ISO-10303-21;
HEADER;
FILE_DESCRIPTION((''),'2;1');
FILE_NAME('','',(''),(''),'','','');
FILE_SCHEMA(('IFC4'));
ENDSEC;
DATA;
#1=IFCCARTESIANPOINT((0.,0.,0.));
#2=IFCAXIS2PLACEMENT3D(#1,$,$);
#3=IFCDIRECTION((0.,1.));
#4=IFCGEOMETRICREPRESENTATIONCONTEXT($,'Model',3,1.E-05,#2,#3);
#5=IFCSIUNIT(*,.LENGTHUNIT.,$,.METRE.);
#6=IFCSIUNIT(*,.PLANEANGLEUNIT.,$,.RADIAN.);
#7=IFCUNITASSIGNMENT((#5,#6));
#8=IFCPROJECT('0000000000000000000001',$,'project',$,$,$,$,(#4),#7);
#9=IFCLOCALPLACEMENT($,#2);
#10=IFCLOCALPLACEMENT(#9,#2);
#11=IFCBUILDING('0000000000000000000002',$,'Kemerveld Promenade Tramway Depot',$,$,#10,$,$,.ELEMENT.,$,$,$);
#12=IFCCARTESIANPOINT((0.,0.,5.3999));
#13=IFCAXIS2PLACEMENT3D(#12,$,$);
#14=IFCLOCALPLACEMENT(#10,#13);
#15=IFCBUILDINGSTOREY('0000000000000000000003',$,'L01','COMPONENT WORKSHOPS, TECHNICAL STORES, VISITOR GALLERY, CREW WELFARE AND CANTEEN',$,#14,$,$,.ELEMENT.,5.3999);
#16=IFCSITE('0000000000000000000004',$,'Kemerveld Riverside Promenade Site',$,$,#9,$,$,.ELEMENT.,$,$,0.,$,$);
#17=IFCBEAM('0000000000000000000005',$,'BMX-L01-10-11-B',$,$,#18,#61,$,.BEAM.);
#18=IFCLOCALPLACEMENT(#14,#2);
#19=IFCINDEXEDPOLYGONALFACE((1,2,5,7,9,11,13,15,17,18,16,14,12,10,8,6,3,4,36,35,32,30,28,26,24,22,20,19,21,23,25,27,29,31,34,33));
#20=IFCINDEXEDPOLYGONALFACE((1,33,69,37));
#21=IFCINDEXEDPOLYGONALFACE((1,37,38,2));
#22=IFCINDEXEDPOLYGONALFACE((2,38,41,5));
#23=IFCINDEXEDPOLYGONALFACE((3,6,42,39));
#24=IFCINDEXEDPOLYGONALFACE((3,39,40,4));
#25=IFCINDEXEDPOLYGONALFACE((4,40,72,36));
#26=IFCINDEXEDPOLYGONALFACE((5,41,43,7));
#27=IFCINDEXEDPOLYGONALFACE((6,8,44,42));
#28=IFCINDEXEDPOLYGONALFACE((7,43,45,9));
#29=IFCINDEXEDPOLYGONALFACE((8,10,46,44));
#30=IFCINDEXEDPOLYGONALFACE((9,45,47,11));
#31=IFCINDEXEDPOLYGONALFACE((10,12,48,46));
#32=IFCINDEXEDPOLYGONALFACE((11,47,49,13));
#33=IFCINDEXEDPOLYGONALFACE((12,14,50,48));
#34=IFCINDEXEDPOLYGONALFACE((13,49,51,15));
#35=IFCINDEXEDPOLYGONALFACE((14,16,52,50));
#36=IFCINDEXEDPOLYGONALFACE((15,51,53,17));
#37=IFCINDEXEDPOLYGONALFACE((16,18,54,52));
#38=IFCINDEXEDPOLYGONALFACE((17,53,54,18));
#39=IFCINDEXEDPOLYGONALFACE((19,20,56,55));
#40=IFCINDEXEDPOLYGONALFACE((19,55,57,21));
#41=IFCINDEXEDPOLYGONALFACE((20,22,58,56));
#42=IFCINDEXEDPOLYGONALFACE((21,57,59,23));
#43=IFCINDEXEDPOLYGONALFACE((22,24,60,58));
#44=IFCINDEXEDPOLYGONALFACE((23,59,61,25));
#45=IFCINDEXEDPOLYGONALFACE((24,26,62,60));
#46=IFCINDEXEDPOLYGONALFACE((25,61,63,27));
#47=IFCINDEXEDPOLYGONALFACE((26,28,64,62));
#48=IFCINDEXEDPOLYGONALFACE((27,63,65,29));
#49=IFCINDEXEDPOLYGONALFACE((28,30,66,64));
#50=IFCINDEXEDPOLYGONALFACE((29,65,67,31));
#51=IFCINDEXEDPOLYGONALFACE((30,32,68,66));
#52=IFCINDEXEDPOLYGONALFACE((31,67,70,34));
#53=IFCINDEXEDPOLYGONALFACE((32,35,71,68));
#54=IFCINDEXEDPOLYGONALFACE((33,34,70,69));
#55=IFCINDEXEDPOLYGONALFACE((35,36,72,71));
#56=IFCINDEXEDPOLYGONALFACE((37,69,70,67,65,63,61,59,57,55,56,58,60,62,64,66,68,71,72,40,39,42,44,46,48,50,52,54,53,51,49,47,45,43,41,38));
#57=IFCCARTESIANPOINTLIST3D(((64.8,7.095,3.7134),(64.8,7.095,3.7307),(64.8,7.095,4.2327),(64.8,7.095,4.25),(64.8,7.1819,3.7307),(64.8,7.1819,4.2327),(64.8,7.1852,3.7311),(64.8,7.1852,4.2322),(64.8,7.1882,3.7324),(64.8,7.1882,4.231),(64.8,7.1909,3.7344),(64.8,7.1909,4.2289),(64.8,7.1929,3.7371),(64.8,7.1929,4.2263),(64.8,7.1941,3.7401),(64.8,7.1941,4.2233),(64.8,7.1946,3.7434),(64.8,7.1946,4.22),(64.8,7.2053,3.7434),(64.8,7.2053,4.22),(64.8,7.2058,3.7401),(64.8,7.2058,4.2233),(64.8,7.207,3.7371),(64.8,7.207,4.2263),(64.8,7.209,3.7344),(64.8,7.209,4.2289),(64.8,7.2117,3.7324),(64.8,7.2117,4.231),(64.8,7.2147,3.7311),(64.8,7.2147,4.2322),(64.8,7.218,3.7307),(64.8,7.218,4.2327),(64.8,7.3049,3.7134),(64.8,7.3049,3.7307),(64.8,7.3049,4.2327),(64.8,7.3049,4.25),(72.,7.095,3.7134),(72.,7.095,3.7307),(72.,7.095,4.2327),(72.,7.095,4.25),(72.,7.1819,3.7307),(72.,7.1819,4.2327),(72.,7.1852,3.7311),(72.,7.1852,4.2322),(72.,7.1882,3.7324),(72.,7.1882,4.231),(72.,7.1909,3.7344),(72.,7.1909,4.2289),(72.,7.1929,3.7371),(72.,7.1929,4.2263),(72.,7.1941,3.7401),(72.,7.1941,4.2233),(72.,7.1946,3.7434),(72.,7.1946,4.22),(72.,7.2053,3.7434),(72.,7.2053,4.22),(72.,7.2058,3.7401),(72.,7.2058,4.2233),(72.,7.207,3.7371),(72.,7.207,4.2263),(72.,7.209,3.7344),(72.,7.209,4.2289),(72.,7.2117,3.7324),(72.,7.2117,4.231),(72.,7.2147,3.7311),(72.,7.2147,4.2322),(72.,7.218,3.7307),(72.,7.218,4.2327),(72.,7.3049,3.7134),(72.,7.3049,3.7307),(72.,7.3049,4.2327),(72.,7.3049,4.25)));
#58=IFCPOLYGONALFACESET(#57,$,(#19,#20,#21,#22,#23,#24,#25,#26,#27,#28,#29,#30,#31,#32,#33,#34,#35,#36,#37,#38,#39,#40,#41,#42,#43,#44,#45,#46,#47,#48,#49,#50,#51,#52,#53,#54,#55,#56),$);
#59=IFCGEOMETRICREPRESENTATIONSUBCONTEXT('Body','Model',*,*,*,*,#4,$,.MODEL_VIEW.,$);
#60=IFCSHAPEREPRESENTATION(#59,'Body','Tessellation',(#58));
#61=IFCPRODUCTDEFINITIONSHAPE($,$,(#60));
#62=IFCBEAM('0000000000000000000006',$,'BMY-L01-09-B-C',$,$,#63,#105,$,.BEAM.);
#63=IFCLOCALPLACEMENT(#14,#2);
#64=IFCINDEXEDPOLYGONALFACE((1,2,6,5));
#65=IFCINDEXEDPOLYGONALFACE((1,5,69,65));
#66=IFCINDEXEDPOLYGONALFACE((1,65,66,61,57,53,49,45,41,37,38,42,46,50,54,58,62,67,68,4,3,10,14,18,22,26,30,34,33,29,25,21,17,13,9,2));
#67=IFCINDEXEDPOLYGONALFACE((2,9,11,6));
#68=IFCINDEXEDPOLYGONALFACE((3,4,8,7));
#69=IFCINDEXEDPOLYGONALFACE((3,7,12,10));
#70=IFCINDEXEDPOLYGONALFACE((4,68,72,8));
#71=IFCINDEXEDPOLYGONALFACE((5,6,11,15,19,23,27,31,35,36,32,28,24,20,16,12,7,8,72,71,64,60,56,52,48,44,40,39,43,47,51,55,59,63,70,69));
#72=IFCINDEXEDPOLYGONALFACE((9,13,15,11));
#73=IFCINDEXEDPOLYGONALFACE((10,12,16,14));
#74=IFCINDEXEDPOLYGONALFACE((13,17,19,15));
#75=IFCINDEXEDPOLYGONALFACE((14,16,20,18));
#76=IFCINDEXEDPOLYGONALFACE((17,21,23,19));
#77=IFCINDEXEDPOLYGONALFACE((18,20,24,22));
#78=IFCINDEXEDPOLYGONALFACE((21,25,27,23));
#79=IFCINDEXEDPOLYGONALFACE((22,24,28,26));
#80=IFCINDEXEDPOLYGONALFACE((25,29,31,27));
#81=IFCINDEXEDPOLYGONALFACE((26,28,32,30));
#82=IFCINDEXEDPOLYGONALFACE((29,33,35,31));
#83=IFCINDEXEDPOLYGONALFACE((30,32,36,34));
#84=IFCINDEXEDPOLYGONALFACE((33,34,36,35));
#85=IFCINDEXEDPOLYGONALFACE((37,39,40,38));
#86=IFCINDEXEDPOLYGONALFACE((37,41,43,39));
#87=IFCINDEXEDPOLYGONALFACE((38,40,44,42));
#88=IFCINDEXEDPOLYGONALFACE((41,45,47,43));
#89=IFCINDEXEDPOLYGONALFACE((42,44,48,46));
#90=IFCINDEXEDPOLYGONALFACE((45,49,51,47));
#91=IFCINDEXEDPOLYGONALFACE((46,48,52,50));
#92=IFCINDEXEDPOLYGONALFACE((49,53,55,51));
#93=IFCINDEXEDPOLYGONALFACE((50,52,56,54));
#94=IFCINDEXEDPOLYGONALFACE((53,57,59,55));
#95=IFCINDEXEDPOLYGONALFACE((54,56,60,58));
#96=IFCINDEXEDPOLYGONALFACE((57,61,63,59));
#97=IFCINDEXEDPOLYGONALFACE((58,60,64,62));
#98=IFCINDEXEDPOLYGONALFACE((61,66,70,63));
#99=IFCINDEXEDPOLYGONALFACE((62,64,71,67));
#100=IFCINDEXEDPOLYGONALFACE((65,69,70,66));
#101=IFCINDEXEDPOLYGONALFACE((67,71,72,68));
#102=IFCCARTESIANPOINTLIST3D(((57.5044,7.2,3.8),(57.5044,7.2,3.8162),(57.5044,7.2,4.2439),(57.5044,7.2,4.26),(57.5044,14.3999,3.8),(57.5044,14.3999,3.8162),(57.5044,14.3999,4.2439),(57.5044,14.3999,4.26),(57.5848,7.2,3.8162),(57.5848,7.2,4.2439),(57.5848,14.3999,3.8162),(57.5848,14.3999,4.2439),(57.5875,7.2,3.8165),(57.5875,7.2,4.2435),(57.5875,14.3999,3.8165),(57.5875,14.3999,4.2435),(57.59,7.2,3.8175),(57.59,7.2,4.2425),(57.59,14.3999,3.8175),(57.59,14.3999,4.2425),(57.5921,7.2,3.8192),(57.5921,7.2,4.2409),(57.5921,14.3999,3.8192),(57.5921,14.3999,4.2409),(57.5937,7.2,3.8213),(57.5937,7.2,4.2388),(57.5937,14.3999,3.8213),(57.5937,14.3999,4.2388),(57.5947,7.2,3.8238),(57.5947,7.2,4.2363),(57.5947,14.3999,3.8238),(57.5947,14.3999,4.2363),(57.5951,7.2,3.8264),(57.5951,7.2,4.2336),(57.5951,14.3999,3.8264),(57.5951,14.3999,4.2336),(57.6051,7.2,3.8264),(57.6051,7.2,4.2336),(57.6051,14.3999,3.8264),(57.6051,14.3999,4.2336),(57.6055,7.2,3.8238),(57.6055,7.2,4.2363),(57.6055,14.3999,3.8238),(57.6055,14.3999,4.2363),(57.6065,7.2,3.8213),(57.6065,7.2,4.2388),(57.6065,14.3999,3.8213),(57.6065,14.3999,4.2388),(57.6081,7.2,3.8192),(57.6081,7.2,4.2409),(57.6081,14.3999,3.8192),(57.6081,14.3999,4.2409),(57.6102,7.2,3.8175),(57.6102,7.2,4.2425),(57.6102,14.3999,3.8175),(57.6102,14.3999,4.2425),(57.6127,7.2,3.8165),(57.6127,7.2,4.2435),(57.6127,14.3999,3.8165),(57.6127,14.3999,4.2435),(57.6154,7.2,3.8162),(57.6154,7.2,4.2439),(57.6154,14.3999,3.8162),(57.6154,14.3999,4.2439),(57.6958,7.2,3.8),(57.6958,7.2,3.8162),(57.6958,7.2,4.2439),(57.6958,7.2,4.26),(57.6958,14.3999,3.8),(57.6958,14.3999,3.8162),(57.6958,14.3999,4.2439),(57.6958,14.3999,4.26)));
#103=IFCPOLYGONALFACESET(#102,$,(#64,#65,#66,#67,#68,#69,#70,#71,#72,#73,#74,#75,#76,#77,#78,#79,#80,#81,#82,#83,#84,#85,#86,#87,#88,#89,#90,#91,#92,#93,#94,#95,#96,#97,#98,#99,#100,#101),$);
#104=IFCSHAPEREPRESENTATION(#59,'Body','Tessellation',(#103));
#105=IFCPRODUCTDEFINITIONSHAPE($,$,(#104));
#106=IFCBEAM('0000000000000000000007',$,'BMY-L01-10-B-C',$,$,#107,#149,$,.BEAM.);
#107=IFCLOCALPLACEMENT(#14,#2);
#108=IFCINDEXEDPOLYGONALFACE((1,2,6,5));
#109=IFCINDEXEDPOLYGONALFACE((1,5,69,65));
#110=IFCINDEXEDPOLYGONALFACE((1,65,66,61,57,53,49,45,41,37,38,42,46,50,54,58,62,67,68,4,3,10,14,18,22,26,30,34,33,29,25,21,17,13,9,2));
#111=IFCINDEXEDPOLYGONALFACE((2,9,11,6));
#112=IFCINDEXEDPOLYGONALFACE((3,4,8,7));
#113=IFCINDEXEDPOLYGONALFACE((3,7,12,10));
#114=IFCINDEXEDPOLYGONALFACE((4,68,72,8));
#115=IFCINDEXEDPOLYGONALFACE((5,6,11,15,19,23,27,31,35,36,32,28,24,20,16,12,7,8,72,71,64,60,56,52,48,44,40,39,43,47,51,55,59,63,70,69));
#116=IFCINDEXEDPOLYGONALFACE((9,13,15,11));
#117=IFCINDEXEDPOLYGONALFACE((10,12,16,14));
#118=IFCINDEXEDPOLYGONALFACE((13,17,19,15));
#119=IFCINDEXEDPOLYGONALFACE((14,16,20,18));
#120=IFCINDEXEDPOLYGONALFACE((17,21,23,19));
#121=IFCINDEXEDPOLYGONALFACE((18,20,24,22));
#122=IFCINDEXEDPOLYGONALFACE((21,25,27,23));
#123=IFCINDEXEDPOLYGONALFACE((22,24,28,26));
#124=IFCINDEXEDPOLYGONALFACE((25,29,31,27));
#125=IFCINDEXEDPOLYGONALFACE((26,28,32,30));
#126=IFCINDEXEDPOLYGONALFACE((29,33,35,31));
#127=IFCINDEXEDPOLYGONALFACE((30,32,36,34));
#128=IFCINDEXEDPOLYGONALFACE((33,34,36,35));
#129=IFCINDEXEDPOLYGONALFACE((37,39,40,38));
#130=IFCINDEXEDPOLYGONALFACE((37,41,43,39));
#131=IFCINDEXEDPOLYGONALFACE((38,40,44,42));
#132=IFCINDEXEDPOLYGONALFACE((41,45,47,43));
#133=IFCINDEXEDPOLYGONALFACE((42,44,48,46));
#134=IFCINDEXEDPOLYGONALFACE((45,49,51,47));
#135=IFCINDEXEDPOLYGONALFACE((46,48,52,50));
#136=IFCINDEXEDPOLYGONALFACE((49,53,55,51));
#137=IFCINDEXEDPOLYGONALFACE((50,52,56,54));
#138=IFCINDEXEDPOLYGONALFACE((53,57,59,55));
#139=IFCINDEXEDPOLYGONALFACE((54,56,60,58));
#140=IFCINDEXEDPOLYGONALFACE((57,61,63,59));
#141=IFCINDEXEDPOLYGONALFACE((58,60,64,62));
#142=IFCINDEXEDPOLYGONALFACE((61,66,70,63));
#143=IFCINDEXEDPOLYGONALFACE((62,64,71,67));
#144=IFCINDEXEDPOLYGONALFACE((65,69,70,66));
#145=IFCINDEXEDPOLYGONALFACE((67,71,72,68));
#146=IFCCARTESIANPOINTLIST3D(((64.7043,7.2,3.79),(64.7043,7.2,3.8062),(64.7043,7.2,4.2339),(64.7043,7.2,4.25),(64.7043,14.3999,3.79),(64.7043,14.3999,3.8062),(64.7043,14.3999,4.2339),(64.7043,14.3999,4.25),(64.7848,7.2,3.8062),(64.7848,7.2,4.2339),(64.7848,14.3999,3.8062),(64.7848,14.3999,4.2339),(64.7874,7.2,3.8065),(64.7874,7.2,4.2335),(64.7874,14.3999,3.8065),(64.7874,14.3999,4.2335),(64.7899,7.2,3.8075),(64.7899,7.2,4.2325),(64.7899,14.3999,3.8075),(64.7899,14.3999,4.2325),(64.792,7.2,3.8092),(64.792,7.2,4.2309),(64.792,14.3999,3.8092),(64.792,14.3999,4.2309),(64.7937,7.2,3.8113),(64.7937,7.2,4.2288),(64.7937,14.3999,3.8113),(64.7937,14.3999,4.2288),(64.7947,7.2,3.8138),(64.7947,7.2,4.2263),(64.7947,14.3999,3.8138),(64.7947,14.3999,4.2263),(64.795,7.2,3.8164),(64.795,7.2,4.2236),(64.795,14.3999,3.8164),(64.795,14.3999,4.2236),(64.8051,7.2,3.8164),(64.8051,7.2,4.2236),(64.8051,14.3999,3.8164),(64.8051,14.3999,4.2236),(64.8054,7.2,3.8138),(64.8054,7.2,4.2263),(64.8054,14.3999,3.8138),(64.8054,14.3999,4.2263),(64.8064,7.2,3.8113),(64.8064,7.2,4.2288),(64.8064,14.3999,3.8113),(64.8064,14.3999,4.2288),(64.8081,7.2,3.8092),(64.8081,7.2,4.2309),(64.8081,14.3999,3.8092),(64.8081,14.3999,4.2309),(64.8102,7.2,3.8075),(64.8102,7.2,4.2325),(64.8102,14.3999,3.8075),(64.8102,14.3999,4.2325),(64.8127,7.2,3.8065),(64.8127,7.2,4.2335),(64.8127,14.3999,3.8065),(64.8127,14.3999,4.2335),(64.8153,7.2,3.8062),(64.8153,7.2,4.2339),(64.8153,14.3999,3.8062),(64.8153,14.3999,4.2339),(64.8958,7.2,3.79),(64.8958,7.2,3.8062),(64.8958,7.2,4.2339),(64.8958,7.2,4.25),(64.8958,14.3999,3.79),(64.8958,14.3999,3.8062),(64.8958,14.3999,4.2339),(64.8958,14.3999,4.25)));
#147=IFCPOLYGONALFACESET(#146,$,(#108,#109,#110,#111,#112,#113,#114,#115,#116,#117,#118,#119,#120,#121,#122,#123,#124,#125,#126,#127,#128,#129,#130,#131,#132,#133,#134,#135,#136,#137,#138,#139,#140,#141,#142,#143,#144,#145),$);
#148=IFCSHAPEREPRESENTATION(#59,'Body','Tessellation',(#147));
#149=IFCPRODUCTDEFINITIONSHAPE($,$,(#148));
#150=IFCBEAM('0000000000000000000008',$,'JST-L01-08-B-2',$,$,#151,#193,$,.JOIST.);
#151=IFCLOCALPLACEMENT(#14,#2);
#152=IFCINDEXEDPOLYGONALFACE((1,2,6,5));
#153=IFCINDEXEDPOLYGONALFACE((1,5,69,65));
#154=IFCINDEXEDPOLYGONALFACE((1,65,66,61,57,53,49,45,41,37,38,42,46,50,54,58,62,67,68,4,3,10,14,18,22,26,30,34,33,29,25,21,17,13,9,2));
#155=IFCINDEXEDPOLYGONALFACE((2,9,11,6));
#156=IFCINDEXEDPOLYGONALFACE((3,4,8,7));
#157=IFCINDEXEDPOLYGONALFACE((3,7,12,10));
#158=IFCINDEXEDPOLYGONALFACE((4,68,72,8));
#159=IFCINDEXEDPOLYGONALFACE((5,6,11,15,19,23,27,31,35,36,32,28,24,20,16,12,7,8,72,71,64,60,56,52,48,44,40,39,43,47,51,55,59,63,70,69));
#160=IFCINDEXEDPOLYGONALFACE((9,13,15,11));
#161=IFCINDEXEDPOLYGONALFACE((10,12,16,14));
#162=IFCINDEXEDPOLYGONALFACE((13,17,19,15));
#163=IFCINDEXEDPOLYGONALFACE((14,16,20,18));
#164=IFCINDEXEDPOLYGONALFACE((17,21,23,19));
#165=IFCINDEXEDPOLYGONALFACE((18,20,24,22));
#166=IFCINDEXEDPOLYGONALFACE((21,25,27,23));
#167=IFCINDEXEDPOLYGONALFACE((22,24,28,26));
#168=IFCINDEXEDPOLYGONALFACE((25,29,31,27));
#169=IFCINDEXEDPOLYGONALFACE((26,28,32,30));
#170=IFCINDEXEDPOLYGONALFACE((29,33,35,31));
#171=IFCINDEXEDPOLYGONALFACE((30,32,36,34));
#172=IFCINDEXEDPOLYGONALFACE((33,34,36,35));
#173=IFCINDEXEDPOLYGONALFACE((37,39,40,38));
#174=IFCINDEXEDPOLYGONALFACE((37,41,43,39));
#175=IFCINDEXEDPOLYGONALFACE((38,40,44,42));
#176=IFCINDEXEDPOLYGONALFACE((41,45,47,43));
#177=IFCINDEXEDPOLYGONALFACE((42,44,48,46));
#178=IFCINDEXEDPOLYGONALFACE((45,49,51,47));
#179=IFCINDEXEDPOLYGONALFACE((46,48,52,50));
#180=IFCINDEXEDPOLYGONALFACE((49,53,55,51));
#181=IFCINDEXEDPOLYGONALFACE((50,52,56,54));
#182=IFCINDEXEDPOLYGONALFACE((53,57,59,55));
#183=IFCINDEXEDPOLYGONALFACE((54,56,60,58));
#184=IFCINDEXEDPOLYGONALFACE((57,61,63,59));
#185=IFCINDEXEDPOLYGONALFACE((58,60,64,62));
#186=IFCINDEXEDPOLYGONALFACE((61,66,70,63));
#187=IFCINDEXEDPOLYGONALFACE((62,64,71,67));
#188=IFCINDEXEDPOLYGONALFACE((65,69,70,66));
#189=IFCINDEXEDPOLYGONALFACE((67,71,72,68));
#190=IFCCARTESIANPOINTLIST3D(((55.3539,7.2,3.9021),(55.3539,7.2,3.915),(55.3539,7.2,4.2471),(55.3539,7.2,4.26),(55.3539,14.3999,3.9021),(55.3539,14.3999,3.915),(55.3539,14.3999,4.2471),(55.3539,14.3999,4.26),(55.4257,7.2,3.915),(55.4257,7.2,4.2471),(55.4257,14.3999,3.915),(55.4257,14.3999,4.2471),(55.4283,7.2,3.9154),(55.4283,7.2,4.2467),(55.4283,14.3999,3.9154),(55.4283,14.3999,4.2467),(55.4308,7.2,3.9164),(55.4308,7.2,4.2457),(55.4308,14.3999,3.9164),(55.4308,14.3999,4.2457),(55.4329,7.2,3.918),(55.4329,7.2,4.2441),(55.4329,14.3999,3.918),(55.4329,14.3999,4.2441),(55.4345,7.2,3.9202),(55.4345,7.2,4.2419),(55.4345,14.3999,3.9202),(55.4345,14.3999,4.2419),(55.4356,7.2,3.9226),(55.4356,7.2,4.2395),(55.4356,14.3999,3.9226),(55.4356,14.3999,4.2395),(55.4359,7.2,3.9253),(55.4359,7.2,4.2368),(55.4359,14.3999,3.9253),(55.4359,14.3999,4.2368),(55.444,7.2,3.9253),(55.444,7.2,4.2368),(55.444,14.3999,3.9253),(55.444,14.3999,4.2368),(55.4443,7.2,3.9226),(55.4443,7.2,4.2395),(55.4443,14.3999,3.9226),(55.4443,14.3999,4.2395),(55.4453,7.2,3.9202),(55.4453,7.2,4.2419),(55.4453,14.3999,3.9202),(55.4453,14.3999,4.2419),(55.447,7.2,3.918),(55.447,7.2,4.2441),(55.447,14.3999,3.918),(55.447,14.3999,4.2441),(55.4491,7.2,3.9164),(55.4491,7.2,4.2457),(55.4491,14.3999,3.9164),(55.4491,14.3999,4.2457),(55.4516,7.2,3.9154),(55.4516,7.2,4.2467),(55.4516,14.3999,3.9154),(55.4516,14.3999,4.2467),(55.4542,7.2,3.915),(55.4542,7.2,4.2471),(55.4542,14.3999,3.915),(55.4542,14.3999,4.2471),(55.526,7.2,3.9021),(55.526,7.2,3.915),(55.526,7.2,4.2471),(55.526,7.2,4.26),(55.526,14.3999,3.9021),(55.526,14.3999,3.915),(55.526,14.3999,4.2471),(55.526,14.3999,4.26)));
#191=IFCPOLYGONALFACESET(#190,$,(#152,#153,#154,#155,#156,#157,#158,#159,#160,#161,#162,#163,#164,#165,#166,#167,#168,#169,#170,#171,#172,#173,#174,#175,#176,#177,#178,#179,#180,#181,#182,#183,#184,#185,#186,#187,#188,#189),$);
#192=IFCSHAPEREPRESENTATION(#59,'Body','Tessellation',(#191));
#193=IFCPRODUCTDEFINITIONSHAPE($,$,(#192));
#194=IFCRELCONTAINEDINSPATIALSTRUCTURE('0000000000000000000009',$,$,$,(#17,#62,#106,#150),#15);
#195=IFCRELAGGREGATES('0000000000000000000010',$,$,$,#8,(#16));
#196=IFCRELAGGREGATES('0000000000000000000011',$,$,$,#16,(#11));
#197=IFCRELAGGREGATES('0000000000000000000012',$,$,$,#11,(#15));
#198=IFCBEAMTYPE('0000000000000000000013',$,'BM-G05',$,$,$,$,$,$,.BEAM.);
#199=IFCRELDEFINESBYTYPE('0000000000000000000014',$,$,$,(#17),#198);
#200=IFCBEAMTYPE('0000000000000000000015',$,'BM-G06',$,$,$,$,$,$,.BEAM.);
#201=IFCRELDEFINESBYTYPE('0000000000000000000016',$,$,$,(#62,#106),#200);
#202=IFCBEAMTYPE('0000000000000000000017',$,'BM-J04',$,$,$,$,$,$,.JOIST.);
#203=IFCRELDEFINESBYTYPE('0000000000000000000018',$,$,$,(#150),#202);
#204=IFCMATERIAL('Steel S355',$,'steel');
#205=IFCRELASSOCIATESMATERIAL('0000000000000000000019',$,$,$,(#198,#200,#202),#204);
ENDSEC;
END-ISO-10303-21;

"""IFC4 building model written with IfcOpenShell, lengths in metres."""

from ifc_helpers import new_model, si_unit, direction, frame, origin, origin_2d, place, context, subcontext, project, spatial, i_section, extrude, material, material_profile, profile_set, type_object, element, save


model = new_model("IFC4")

# Units and contexts
model_context = context("Model", 3, precision=1e-05, world=origin(), true_north=direction((0.0, 1.0)))
body_context = subcontext(model_context, "Body", "Model", "MODEL_VIEW")
ifc_project = project(units=[si_unit("LENGTHUNIT", "METRE"), si_unit("PLANEANGLEUNIT", "RADIAN")], contexts=[model_context])

# Site, building, storey
site_placement = place(None, origin())
site = spatial("IfcSite", under=ifc_project, at=site_placement, Name="Kemerveld Riverside Promenade Site", CompositionType="ELEMENT", RefElevation=0.0)
building_placement = place(site_placement, origin())
building = spatial("IfcBuilding", under=site, at=building_placement, Name="Kemerveld Promenade Tramway Depot", CompositionType="ELEMENT")
storey_placement = place(building_placement, frame((0.0, 0.0, 5.3999)))
storey = spatial("IfcBuildingStorey", under=building, at=storey_placement, Name="L01", Description="COMPONENT WORKSHOPS, TECHNICAL STORES, VISITOR GALLERY, CREW WELFARE AND CANTEEN", CompositionType="ELEMENT", Elevation=5.3999)

# Shared definitions
ifc_material_1 = material(Name="Steel S355", Category="steel")

# Beams
ifc_material_profile_1 = material_profile(ifc_material_1, i_section(OverallWidth=0.21, OverallDepth=0.5366, WebThickness=0.0107, FlangeThickness=0.0173, FilletRadius=0.0127, at=origin_2d()), Name="533x210x101 UB")
ifc_profile_set_1 = profile_set([ifc_material_profile_1], Name="Steel S355")
beam_type_1 = type_object("IfcBeamType", Name="BM-G05", PredefinedType="BEAM", material=ifc_profile_set_1)
for number, where, z_axis, x_axis, name in (
    (1, (64.8, 7.2, 3.9817), (1.0, 0.0, 0.0), (0.0, 1.0, 0.0), "BMX-L01-10-11-B"),
):
    element("IfcBeam", number, at=place(storey_placement, frame(where, z_axis=z_axis, x_axis=x_axis)), inside=storey, type_object=beam_type_1, Name=name, PredefinedType="BEAM", context=body_context, shape_type="SweptSolid", body=[
        extrude(i_section(OverallWidth=0.21, OverallDepth=0.5366, WebThickness=0.0107, FlangeThickness=0.0173, FilletRadius=0.0127, at=origin_2d()), origin(), (0.0, 0.0, 1.0), 7.2),
    ])
ifc_material_profile_2 = material_profile(ifc_material_1, i_section(OverallWidth=0.1914, OverallDepth=0.46, WebThickness=0.01, FlangeThickness=0.0161, FilletRadius=0.0103, at=origin_2d()), Name="457x191x82 UB")
ifc_profile_set_2 = profile_set([ifc_material_profile_2], Name="Steel S355")
beam_type_2 = type_object("IfcBeamType", Name="BM-G06", PredefinedType="BEAM", material=ifc_profile_set_2)
for number, where, z_axis, x_axis, name in (
    (2, (57.6001, 7.2, 4.03), (0.0, 1.0, 0.0), (-1.0, 0.0, 0.0), "BMY-L01-09-B-C"),
    (3, (64.8, 7.2, 4.02), (0.0, 1.0, 0.0), (-1.0, 0.0, 0.0), "BMY-L01-10-B-C"),
):
    element("IfcBeam", number, at=place(storey_placement, frame(where, z_axis=z_axis, x_axis=x_axis)), inside=storey, type_object=beam_type_2, Name=name, PredefinedType="BEAM", context=body_context, shape_type="SweptSolid", body=[
        extrude(i_section(OverallWidth=0.1914, OverallDepth=0.46, WebThickness=0.01, FlangeThickness=0.0161, FilletRadius=0.0103, at=origin_2d()), origin(), (0.0, 0.0, 1.0), 7.2),
    ])
ifc_material_profile_3 = material_profile(ifc_material_1, i_section(OverallWidth=0.1721, OverallDepth=0.3579, WebThickness=0.0081, FlangeThickness=0.0129, FilletRadius=0.0103, at=origin_2d()), Name="356x171x57 UB")
ifc_profile_set_3 = profile_set([ifc_material_profile_3], Name="Steel S355")
beam_type_3 = type_object("IfcBeamType", Name="BM-J04", PredefinedType="JOIST", material=ifc_profile_set_3)
beam_placement = place(storey_placement, frame((55.4399, 7.2, 4.0811), z_axis=(0.0, 1.0, 0.0), x_axis=(-1.0, 0.0, 0.0)))
element("IfcBeam", 4, at=beam_placement, inside=storey, type_object=beam_type_3, Name="JST-L01-08-B-2", PredefinedType="JOIST", context=body_context, shape_type="SweptSolid", body=[
    extrude(i_section(OverallWidth=0.1721, OverallDepth=0.3579, WebThickness=0.0081, FlangeThickness=0.0129, FilletRadius=0.0103, at=origin_2d()), origin(), (0.0, 0.0, 1.0), 7.2),
])

save(model, "model.ifc")
